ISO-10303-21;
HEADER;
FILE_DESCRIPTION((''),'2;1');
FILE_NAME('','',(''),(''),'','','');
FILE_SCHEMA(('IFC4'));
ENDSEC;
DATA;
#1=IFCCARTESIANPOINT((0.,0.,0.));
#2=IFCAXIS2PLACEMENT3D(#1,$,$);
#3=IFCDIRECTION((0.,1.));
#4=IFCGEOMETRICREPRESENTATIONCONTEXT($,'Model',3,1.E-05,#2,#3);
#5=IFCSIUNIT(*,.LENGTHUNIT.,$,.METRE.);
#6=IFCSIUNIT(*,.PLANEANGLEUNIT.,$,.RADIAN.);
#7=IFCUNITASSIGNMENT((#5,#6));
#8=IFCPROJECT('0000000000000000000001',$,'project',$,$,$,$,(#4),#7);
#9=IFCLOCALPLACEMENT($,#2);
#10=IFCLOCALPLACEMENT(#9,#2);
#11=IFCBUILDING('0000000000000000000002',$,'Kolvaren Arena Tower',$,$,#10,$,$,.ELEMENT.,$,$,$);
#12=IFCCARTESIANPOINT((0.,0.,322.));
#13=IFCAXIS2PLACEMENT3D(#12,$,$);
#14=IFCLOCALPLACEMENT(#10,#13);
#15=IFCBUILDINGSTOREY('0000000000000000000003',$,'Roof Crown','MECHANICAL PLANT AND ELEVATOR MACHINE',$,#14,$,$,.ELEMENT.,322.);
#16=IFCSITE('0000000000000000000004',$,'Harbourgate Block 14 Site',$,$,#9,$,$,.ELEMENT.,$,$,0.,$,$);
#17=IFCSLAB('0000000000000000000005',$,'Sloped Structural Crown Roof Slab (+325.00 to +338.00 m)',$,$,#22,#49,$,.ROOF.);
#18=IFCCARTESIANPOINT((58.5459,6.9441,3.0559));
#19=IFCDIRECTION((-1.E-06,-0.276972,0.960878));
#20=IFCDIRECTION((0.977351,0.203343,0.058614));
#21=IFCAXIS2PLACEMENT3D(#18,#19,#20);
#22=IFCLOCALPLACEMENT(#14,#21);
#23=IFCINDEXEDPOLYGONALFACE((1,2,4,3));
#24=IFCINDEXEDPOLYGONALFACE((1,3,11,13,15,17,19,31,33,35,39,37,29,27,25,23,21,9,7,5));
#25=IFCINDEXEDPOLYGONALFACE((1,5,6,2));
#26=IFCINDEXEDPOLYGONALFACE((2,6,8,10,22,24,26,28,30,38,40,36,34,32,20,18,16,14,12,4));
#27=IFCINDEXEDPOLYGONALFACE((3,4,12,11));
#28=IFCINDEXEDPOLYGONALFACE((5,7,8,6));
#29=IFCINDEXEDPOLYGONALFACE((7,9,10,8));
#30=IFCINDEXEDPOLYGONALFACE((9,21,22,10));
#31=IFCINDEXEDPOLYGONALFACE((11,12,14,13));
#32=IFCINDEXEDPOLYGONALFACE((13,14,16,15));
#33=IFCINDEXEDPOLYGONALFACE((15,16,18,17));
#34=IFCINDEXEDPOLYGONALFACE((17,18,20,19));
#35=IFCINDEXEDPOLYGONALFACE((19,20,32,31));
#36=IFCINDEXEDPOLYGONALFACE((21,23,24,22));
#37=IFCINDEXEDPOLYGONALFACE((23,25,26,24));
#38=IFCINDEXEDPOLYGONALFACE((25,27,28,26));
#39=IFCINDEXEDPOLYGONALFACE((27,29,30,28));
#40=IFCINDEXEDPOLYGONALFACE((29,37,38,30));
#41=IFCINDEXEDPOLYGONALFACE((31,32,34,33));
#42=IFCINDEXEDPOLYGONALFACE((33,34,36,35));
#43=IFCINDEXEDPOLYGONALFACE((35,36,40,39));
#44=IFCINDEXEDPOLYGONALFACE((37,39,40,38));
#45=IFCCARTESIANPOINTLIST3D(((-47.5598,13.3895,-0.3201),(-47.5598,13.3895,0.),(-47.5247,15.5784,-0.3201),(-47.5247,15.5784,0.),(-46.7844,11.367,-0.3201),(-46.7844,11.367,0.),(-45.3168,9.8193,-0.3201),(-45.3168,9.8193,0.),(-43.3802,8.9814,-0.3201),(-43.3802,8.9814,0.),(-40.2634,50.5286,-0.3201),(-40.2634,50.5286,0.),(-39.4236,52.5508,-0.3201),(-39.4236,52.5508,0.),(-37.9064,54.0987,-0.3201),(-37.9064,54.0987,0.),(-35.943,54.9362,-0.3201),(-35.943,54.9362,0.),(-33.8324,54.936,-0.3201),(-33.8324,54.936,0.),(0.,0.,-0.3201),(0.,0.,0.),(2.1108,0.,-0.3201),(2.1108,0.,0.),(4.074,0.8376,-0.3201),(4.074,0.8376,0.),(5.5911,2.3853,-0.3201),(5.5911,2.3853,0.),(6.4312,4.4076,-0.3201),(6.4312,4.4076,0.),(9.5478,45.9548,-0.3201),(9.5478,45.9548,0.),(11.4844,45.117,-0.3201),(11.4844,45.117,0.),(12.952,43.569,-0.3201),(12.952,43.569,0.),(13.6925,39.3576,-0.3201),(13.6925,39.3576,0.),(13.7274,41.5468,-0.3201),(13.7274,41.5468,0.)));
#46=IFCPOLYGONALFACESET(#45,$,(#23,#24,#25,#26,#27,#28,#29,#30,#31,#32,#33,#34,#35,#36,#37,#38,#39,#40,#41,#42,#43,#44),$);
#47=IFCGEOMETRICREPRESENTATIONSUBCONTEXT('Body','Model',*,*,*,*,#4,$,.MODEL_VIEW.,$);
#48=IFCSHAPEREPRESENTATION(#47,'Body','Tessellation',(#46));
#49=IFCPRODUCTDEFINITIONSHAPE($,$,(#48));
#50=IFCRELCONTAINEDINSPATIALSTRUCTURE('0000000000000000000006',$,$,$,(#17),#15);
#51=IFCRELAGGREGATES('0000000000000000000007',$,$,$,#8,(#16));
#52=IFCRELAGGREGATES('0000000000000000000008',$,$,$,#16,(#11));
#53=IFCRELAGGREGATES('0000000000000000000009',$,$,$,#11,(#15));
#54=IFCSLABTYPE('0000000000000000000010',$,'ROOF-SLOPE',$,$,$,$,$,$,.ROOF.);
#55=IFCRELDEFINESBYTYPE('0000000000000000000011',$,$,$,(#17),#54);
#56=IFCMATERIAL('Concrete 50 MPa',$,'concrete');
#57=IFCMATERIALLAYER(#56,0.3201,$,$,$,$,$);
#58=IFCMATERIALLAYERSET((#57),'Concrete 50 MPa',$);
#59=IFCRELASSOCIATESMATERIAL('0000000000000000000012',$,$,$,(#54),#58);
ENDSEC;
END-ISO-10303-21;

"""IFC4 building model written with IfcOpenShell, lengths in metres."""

from ifc_helpers import new_model, si_unit, direction, frame, origin, place, context, subcontext, project, spatial, polyline, outline, extrude, material, layer, layer_set, type_object, element, save


model = new_model("IFC4")

# Units and contexts
model_context = context("Model", 3, precision=1e-05, world=origin(), true_north=direction((0.0, 1.0)))
body_context = subcontext(model_context, "Body", "Model", "MODEL_VIEW")
ifc_project = project(units=[si_unit("LENGTHUNIT", "METRE"), si_unit("PLANEANGLEUNIT", "RADIAN")], contexts=[model_context])

# Site, building, storey
site_placement = place(None, origin())
site = spatial("IfcSite", under=ifc_project, at=site_placement, Name="Harbourgate Block 14 Site", CompositionType="ELEMENT", RefElevation=0.0)
building_placement = place(site_placement, origin())
building = spatial("IfcBuilding", under=site, at=building_placement, Name="Kolvaren Arena Tower", CompositionType="ELEMENT")
storey_placement = place(building_placement, frame((0.0, 0.0, 322.0)))
storey = spatial("IfcBuildingStorey", under=building, at=storey_placement, Name="Roof Crown", Description="MECHANICAL PLANT AND ELEVATOR MACHINE", CompositionType="ELEMENT", Elevation=322.0)

# Slab
ifc_material_1 = material(Name="Concrete 50 MPa", Category="concrete")
ifc_layer_1 = layer(ifc_material_1, 0.3201)
ifc_layer_set_1 = layer_set([ifc_layer_1], Name="Concrete 50 MPa")
slab_type = type_object("IfcSlabType", Name="ROOF-SLOPE", PredefinedType="ROOF", material=ifc_layer_set_1)
slab_placement = place(storey_placement, frame((58.5459, 6.9441, 3.0559), z_axis=(-0.000001, -0.276972, 0.960878), x_axis=(0.977351, 0.203343, 0.058614)))
element("IfcSlab", 1, at=slab_placement, inside=storey, type_object=slab_type, Name="Sloped Structural Crown Roof Slab (+325.00 to +338.00 m)", PredefinedType="ROOF", context=body_context, shape_type="SweptSolid", body=[
    extrude(outline(polyline([(0.0, 0.0), (2.1108, 0.0), (4.074, 0.8376), (5.5911, 2.3853), (6.4312, 4.4076), (13.6925, 39.3576), (13.7274, 41.5468), (12.952, 43.569), (11.4844, 45.117), (9.5478, 45.9548), (-33.8324, 54.936), (-35.943, 54.9362), (-37.9064, 54.0987), (-39.4236, 52.5508), (-40.2634, 50.5286), (-47.5247, 15.5784), (-47.5598, 13.3895), (-46.7844, 11.367), (-45.3168, 9.8193), (-43.3802, 8.9814), (0.0, 0.0)])), origin(), (0.0, 0.0, -1.0), 0.3201),
])

save(model, "model.ifc")
